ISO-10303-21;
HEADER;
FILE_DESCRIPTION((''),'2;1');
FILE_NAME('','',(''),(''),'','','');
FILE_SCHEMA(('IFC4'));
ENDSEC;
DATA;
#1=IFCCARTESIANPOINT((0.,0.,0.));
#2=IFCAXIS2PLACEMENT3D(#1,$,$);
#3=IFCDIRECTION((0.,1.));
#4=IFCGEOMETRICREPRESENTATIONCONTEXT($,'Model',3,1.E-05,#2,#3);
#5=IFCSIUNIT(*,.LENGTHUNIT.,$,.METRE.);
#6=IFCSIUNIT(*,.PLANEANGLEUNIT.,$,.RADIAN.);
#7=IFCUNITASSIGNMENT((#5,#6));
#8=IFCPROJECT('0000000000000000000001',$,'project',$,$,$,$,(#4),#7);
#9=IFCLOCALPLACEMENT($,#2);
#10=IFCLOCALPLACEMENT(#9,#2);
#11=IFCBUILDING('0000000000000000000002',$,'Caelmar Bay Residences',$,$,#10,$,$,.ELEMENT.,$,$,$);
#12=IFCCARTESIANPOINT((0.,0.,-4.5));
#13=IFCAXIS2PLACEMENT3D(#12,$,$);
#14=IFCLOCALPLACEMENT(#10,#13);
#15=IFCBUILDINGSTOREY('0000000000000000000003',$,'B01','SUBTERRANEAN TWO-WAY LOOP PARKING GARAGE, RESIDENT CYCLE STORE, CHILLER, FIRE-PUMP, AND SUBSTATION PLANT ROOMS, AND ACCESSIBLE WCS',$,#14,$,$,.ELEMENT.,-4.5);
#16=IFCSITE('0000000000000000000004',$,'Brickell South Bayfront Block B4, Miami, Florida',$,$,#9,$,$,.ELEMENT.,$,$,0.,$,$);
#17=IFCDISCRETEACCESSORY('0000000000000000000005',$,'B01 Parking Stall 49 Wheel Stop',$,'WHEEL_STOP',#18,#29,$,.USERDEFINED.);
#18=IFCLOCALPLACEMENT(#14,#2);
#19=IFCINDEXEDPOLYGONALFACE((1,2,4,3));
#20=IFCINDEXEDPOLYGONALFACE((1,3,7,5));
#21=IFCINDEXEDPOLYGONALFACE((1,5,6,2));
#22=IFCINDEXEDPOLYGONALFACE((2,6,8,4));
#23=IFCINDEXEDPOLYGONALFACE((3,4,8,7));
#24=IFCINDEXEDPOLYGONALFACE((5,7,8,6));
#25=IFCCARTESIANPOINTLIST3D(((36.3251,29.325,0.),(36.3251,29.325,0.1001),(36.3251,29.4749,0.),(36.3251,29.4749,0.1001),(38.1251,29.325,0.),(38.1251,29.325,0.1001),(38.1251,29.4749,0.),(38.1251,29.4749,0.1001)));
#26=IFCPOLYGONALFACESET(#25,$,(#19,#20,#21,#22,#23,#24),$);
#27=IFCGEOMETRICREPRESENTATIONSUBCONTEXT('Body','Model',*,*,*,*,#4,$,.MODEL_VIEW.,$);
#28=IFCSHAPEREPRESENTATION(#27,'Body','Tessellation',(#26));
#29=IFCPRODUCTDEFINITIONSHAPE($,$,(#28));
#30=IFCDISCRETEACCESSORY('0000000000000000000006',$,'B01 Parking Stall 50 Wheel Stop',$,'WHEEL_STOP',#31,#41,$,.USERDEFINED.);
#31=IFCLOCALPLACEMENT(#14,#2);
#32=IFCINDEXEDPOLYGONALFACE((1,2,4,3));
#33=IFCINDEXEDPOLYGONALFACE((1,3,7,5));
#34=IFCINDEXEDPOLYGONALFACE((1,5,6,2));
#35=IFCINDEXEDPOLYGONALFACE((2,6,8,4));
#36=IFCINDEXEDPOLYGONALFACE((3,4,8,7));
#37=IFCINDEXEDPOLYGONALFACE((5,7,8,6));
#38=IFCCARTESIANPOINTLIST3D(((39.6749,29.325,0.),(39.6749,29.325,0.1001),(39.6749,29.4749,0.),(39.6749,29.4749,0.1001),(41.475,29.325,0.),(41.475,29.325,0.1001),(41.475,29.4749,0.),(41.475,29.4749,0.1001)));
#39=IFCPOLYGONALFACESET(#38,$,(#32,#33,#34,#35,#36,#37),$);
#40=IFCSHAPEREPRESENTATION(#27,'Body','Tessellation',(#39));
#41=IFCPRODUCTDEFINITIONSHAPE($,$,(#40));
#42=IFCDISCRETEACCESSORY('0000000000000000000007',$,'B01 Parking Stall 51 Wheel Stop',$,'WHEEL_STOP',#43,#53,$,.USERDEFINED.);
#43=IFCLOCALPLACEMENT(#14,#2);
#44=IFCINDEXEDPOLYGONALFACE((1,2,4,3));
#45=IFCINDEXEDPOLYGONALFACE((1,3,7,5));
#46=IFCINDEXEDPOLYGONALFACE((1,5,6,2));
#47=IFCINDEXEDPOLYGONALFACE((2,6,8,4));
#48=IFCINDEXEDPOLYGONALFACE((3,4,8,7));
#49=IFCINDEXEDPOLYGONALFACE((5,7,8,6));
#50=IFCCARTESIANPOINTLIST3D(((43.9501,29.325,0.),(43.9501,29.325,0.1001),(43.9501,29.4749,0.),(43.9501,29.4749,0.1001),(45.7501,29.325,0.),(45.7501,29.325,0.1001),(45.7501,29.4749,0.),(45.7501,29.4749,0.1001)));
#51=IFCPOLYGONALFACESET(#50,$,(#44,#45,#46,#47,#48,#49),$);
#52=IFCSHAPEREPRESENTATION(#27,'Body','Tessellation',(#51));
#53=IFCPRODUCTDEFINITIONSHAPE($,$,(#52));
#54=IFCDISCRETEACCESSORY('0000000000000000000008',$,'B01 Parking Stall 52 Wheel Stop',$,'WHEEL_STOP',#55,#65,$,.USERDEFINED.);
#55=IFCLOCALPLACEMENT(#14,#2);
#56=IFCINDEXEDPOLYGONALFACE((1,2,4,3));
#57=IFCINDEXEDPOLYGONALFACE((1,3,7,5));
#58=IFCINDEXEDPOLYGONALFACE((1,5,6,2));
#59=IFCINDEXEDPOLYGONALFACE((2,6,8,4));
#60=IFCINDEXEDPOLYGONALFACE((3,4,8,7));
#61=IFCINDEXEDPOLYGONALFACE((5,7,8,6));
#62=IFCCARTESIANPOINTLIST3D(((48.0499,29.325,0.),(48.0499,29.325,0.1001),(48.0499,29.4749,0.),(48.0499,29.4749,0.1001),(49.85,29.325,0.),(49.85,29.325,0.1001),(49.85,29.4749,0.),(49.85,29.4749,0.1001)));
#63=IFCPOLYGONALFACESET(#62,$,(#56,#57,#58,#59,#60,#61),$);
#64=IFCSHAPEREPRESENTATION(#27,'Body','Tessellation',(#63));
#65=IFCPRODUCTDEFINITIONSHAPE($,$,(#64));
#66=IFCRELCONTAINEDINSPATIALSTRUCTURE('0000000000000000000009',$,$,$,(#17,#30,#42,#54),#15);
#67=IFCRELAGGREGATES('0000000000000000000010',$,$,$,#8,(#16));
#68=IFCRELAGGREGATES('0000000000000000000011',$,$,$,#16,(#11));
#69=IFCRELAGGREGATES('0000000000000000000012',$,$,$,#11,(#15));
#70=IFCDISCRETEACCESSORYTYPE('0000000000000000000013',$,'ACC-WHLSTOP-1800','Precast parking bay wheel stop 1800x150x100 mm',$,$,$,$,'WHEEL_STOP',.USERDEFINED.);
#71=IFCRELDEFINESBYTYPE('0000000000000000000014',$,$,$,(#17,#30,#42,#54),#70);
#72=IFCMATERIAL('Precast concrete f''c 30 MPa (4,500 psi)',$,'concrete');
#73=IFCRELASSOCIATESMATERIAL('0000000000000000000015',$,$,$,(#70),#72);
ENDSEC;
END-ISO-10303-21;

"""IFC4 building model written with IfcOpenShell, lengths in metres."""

from ifc_helpers import new_model, si_unit, direction, frame, origin, origin_2d, place, context, subcontext, project, spatial, rectangle, extrude, material, type_object, element, save


model = new_model("IFC4")

# Units and contexts
model_context = context("Model", 3, precision=1e-05, world=origin(), true_north=direction((0.0, 1.0)))
body_context = subcontext(model_context, "Body", "Model", "MODEL_VIEW")
ifc_project = project(units=[si_unit("LENGTHUNIT", "METRE"), si_unit("PLANEANGLEUNIT", "RADIAN")], contexts=[model_context])

# Site, building, storey
site_placement = place(None, origin())
site = spatial("IfcSite", under=ifc_project, at=site_placement, Name="Brickell South Bayfront Block B4, Miami, Florida", CompositionType="ELEMENT", RefElevation=0.0)
building_placement = place(site_placement, origin())
building = spatial("IfcBuilding", under=site, at=building_placement, Name="Caelmar Bay Residences", CompositionType="ELEMENT")
storey_placement = place(building_placement, frame((0.0, 0.0, -4.5)))
storey = spatial("IfcBuildingStorey", under=building, at=storey_placement, Name="B01", Description="SUBTERRANEAN TWO-WAY LOOP PARKING GARAGE, RESIDENT CYCLE STORE, CHILLER, FIRE-PUMP, AND SUBSTATION PLANT ROOMS, AND ACCESSIBLE WCS", CompositionType="ELEMENT", Elevation=-4.5)

# Discrete accessories
ifc_material_1 = material(Name="Precast concrete f'c 30 MPa (4,500 psi)", Category="concrete")
discrete_accessory_type = type_object("IfcDiscreteAccessoryType", Name="ACC-WHLSTOP-1800", Description="Precast parking bay wheel stop 1800x150x100 mm", ElementType="WHEEL_STOP", PredefinedType="USERDEFINED", material=ifc_material_1)
for number, where, z_axis, x_axis, name in (
    (1, (37.2251, 29.3999, 0.0), (0.0, 0.0, 1.0), (1.0, 0.0, 0.0), "B01 Parking Stall 49 Wheel Stop"),
    (2, (40.575, 29.3999, 0.0), (0.0, 0.0, 1.0), (1.0, 0.0, 0.0), "B01 Parking Stall 50 Wheel Stop"),
    (3, (44.8501, 29.3999, 0.0), (0.0, 0.0, 1.0), (1.0, 0.0, 0.0), "B01 Parking Stall 51 Wheel Stop"),
    (4, (48.95, 29.3999, 0.0), (0.0, 0.0, 1.0), (1.0, 0.0, 0.0), "B01 Parking Stall 52 Wheel Stop"),
):
    element("IfcDiscreteAccessory", number, at=place(storey_placement, frame(where, z_axis=z_axis, x_axis=x_axis)), inside=storey, type_object=discrete_accessory_type, Name=name, ObjectType="WHEEL_STOP", PredefinedType="USERDEFINED", context=body_context, shape_type="SweptSolid", body=[
        extrude(rectangle(XDim=1.8, YDim=0.1499, at=origin_2d()), origin(), (0.0, 0.0, 1.0), 0.1001),
    ])

save(model, "model.ifc")
